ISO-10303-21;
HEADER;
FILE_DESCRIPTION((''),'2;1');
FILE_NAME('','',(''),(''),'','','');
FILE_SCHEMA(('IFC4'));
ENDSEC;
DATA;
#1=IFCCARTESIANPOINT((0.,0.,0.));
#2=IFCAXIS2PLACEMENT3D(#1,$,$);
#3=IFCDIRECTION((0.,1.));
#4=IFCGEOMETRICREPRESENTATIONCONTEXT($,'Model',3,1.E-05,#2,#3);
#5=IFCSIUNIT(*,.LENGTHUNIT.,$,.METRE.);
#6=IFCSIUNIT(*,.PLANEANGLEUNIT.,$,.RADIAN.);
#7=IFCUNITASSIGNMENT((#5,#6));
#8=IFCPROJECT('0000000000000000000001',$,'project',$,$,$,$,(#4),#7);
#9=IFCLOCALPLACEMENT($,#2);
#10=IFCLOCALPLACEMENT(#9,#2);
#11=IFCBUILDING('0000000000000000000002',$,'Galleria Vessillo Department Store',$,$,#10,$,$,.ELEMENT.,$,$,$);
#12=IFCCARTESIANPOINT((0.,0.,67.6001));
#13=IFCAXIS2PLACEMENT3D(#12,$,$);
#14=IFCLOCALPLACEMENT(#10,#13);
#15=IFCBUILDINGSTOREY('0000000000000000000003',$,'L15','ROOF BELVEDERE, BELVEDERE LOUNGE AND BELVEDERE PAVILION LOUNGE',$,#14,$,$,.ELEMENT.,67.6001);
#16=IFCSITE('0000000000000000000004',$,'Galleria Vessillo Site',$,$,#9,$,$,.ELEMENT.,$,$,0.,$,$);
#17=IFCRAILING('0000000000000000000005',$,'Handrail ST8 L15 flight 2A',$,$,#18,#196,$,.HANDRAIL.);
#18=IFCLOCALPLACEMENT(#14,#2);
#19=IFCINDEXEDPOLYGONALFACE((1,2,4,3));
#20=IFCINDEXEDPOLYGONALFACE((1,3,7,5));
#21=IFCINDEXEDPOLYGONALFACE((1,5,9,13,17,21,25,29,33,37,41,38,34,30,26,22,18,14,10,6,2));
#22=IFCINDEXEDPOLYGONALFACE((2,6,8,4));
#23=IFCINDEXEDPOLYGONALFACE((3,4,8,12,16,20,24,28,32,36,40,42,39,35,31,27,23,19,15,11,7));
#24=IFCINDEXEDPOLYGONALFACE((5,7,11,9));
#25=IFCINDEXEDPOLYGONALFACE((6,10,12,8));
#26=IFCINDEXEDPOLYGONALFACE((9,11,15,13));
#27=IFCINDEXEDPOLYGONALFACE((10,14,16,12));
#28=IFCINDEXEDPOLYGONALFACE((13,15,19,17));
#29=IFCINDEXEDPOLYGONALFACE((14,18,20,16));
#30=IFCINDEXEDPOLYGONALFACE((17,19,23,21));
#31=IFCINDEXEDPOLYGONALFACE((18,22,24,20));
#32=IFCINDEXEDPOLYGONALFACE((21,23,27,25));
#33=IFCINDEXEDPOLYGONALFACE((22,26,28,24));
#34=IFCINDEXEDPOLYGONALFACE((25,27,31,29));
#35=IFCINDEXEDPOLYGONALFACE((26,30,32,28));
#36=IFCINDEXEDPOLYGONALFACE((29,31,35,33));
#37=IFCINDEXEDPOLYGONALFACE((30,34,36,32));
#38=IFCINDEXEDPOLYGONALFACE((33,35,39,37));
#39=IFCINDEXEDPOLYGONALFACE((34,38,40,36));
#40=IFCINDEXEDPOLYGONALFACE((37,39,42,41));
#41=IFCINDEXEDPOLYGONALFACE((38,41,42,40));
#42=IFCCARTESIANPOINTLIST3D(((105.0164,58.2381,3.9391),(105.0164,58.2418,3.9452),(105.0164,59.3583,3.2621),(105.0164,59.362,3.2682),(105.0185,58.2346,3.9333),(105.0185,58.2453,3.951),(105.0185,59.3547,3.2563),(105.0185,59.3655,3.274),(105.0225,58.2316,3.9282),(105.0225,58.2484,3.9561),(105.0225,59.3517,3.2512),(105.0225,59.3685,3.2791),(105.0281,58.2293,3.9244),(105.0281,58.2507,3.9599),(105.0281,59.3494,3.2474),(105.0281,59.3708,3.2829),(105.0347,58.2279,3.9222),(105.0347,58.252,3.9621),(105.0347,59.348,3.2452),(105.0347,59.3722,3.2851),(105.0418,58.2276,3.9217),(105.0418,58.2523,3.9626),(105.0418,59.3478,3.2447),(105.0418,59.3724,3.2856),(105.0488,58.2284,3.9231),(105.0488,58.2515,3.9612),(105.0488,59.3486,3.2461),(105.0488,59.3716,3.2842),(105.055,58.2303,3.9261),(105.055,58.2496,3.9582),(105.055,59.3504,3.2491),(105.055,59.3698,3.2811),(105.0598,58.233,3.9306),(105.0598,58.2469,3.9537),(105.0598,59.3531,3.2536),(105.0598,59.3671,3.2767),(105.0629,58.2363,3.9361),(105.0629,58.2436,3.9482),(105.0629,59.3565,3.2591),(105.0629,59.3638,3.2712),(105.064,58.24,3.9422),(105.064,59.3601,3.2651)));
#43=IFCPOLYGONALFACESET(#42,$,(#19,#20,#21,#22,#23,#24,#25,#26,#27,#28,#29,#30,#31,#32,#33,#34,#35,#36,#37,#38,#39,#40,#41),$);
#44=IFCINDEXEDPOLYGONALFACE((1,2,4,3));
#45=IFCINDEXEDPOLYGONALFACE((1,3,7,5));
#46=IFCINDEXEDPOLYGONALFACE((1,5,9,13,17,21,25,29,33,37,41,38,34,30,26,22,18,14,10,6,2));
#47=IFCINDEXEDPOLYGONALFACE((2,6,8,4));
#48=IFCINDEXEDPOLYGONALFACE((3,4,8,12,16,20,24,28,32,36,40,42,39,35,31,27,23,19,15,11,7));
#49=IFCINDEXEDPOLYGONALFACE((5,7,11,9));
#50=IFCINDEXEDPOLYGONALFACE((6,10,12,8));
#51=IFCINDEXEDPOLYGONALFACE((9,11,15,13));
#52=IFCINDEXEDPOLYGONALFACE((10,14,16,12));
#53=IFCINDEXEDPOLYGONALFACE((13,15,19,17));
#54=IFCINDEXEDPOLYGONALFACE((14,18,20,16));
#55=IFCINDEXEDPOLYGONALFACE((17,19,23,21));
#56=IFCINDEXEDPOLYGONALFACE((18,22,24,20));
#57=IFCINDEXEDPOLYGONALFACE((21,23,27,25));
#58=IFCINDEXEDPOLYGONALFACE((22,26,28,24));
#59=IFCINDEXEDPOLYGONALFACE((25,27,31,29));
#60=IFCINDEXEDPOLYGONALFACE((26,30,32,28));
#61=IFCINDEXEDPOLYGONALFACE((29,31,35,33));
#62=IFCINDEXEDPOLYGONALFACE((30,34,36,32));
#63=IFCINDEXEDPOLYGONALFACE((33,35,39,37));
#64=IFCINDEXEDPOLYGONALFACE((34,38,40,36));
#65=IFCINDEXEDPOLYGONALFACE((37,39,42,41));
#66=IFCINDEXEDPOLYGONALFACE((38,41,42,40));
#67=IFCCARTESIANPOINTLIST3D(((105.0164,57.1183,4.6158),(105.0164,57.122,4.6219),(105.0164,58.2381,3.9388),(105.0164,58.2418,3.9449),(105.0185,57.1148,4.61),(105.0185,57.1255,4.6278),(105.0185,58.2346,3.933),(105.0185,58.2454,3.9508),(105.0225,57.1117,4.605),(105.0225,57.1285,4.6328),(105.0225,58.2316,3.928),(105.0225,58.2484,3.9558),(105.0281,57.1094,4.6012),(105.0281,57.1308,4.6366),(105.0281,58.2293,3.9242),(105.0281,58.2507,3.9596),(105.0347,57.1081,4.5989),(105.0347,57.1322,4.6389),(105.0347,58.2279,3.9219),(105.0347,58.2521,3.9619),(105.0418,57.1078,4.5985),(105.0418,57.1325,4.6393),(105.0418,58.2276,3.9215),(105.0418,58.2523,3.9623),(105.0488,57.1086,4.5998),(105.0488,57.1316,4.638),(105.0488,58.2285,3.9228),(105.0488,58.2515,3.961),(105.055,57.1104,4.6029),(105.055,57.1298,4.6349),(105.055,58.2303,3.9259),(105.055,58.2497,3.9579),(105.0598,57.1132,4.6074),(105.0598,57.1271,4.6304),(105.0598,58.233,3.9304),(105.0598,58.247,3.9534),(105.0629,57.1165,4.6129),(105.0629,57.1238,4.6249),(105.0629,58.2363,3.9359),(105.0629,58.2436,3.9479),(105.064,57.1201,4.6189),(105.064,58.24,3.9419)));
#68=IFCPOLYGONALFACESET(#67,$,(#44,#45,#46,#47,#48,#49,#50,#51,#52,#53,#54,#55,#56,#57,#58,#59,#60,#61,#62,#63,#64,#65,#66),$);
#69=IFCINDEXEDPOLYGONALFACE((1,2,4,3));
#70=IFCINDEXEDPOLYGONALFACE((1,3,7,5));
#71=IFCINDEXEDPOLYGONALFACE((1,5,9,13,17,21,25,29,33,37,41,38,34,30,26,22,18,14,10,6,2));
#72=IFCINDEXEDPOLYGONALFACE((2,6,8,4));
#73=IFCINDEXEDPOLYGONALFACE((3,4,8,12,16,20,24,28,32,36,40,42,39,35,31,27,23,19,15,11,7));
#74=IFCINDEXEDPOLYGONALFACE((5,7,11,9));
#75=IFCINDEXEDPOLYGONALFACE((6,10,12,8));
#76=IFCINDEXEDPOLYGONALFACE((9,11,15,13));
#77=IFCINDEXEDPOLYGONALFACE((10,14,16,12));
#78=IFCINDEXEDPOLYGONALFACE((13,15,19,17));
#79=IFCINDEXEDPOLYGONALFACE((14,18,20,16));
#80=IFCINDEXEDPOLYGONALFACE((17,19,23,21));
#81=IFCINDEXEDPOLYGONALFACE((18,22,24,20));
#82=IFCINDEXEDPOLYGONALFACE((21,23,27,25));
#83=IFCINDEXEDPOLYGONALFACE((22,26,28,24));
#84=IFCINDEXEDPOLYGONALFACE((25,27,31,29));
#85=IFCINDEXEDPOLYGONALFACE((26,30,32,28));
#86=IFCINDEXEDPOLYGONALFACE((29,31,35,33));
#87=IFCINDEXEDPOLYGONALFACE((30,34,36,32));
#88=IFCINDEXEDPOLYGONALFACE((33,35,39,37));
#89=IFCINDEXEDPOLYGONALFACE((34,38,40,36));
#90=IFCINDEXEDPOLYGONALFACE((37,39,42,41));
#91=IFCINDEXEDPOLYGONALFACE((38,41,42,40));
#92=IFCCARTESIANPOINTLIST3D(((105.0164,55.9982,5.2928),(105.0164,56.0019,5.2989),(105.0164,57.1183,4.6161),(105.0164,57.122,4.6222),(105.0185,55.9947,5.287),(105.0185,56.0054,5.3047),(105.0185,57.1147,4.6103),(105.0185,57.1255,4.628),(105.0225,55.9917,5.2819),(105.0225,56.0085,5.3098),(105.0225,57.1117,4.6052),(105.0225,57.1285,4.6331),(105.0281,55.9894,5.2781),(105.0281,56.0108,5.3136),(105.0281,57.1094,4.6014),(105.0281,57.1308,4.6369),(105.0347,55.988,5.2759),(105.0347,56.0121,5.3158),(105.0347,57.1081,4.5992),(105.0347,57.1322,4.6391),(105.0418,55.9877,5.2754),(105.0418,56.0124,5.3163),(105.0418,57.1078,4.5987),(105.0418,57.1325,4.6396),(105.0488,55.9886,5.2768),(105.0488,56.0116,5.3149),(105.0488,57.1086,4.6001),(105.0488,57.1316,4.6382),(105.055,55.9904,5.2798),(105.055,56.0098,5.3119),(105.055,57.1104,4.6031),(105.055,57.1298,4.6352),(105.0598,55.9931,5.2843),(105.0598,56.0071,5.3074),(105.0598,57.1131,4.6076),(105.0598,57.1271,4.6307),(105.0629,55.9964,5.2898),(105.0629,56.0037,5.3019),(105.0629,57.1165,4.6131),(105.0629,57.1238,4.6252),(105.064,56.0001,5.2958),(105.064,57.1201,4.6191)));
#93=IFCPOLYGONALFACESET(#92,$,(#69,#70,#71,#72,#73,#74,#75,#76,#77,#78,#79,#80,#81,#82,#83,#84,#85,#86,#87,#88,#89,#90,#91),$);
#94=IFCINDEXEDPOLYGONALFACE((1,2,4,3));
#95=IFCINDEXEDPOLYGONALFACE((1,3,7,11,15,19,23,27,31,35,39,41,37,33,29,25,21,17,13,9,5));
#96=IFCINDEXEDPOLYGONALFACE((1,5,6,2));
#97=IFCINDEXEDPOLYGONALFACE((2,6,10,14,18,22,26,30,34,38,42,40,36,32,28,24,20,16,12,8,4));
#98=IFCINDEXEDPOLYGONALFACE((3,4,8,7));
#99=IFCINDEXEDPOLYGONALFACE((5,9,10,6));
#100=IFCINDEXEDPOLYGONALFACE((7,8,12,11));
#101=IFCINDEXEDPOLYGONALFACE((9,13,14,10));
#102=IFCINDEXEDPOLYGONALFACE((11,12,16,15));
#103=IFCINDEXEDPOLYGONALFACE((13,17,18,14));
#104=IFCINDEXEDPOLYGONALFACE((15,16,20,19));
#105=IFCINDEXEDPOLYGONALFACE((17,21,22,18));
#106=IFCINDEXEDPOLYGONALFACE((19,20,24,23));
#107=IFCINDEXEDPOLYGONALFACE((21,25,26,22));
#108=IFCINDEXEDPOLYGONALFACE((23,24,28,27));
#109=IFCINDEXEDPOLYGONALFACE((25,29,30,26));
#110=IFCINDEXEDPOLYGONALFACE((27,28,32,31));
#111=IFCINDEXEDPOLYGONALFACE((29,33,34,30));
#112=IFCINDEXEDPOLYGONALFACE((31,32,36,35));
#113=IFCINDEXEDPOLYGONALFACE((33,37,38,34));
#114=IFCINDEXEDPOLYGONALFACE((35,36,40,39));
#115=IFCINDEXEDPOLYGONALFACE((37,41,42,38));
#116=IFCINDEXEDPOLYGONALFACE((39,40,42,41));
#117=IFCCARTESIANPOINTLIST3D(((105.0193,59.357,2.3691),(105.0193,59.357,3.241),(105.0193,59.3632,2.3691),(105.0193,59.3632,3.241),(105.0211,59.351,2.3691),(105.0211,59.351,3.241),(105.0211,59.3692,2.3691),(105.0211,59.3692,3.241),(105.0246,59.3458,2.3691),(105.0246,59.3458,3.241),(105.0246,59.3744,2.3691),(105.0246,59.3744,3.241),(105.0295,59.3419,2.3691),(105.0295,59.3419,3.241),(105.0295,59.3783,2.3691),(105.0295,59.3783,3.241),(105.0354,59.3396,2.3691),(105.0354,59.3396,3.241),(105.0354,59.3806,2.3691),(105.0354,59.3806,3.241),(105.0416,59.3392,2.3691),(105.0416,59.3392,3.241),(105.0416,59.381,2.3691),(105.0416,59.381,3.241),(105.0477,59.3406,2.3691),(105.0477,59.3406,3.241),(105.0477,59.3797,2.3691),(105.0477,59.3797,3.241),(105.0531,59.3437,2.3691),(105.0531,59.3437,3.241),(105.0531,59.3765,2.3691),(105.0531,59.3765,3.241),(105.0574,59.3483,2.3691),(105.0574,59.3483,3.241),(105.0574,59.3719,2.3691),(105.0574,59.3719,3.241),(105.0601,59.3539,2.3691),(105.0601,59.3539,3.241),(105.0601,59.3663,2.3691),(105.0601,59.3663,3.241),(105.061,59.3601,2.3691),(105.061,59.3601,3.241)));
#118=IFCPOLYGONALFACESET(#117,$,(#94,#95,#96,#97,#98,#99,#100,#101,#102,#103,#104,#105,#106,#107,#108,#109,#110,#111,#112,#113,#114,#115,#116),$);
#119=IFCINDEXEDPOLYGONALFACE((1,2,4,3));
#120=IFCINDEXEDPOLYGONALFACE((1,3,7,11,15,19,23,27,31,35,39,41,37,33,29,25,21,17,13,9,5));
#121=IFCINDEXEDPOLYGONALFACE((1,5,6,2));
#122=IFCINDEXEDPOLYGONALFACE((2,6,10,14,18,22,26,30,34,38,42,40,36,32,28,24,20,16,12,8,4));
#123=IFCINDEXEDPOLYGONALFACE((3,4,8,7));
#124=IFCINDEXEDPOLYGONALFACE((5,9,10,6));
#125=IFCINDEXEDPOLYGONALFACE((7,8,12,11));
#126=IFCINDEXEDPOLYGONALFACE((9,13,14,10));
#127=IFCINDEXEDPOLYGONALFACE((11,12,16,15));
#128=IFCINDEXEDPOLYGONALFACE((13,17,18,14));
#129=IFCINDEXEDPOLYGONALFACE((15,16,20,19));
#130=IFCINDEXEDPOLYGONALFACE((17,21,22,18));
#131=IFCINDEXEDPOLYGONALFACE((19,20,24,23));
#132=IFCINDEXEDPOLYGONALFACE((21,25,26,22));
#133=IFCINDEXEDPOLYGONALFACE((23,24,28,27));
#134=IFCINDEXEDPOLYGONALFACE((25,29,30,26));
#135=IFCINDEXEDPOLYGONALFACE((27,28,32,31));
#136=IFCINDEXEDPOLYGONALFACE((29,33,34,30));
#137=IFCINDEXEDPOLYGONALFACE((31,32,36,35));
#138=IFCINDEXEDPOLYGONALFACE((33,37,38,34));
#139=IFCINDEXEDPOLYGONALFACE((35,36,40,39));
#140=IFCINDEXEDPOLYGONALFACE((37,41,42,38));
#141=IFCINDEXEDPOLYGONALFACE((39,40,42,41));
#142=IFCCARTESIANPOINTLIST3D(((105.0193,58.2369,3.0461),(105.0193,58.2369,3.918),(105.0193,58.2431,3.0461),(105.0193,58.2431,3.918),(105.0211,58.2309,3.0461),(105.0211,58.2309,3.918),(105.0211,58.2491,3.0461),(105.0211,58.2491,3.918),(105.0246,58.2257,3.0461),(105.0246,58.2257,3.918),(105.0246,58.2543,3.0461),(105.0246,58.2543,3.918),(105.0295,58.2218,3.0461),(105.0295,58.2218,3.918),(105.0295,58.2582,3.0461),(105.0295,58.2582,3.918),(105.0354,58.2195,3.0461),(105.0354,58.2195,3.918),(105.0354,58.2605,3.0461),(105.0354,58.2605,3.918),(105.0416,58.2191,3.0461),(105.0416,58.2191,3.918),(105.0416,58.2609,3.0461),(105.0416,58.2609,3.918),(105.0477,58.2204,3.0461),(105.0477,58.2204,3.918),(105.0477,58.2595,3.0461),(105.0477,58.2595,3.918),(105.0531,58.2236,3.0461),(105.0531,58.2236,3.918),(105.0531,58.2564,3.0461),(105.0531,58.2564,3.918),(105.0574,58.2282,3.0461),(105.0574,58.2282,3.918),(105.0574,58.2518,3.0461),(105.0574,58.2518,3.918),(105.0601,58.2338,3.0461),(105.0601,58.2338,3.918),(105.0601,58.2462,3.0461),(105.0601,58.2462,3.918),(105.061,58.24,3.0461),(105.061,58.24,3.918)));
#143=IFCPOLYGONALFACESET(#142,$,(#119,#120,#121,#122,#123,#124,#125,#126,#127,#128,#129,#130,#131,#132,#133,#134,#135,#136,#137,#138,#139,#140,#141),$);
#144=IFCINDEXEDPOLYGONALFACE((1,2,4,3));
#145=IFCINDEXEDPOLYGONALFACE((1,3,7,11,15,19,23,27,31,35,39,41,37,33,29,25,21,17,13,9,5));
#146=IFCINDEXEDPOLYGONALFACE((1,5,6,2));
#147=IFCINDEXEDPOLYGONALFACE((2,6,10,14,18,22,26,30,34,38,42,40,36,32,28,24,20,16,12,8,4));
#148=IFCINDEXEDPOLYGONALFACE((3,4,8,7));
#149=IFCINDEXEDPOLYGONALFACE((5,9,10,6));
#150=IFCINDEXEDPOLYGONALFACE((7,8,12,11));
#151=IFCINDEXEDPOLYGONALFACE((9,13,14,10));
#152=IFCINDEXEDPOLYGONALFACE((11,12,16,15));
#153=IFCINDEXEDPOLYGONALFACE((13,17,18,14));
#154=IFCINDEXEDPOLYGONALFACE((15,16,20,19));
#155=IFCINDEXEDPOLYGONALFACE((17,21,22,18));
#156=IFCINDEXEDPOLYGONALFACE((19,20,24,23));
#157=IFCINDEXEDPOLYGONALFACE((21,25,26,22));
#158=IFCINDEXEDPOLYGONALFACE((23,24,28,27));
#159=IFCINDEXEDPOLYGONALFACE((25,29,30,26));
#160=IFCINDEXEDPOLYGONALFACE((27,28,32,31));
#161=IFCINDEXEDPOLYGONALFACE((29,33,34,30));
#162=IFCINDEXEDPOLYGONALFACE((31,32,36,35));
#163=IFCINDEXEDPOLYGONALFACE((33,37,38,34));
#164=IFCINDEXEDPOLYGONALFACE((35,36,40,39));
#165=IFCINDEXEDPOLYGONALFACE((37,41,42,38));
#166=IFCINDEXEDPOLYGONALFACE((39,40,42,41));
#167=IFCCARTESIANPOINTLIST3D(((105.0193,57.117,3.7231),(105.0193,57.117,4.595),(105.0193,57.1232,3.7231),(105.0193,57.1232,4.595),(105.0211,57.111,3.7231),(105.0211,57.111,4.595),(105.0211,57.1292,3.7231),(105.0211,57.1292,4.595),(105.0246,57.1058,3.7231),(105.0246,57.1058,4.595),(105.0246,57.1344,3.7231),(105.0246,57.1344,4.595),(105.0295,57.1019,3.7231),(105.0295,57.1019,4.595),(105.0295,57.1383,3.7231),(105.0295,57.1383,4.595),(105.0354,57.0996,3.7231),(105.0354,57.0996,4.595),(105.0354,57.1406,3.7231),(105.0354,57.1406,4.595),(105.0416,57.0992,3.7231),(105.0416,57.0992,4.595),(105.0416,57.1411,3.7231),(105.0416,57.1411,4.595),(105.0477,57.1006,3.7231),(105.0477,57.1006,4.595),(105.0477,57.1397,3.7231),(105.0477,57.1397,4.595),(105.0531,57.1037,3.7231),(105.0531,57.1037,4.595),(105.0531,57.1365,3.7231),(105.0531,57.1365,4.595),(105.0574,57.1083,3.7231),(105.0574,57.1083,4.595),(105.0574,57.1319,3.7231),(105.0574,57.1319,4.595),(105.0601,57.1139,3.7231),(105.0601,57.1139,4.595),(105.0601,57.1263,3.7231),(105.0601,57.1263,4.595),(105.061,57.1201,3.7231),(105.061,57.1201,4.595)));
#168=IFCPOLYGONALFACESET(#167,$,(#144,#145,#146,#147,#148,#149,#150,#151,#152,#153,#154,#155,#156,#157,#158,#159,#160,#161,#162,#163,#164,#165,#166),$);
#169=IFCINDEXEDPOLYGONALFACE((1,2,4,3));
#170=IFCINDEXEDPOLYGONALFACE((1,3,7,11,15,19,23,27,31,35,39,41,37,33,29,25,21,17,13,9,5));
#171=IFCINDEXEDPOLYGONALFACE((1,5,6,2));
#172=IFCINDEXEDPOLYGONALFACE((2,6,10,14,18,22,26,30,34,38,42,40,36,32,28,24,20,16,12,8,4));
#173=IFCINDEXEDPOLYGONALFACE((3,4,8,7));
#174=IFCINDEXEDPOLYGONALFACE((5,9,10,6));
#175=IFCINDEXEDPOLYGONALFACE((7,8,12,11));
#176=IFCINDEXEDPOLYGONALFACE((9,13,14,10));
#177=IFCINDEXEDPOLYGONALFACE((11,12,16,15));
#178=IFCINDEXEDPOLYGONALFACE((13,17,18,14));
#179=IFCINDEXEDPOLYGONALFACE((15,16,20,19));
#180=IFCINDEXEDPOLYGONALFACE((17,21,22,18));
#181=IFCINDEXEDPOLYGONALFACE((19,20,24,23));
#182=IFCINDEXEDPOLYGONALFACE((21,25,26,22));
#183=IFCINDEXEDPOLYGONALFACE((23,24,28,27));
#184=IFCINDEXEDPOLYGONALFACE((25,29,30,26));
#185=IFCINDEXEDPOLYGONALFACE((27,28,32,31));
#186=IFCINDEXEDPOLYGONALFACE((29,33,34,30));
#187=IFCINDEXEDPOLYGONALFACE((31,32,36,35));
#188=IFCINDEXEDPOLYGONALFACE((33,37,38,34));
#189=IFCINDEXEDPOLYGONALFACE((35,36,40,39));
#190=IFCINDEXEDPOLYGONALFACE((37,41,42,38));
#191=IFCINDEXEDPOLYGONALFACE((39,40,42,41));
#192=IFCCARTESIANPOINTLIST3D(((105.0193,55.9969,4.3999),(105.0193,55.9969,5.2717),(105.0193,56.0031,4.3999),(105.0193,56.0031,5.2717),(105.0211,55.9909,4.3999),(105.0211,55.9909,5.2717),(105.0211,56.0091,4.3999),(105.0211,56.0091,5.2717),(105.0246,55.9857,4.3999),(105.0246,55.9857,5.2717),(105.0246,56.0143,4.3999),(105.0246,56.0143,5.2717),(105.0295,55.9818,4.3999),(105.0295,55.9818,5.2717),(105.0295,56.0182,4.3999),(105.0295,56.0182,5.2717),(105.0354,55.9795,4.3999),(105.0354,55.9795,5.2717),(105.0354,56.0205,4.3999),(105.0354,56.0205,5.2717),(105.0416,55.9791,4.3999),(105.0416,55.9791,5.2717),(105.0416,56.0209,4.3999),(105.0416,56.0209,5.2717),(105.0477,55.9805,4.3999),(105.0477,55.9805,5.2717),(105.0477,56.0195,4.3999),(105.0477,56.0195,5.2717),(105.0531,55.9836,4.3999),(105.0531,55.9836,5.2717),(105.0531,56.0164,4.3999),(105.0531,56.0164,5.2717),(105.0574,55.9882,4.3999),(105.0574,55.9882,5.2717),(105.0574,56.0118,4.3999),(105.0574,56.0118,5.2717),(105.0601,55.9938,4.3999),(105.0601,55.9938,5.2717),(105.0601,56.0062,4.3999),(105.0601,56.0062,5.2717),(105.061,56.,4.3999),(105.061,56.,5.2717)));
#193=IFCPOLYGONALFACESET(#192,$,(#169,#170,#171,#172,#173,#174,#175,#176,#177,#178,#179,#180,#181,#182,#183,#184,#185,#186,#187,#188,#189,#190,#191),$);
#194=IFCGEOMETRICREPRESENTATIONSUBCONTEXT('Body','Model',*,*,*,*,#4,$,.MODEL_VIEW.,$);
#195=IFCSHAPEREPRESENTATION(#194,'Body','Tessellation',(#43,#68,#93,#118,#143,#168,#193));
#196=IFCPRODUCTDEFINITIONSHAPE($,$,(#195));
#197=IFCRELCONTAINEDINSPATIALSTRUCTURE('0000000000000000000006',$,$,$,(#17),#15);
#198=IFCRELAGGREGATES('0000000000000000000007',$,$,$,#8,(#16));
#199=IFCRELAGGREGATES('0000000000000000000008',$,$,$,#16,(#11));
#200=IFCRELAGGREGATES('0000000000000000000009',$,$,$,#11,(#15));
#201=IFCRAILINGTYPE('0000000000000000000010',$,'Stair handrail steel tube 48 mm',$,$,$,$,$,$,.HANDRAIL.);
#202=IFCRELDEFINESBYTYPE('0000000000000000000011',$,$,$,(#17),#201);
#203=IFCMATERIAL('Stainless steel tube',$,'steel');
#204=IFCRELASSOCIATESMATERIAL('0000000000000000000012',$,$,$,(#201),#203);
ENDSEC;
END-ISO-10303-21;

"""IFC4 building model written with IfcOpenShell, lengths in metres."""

from ifc_helpers import new_model, si_unit, direction, frame, origin, origin_2d, place, context, subcontext, project, spatial, circle, extrude, material, type_object, element, save


model = new_model("IFC4")

# Units and contexts
model_context = context("Model", 3, precision=1e-05, world=origin(), true_north=direction((0.0, 1.0)))
body_context = subcontext(model_context, "Body", "Model", "MODEL_VIEW")
ifc_project = project(units=[si_unit("LENGTHUNIT", "METRE"), si_unit("PLANEANGLEUNIT", "RADIAN")], contexts=[model_context])

# Site, building, storey
site_placement = place(None, origin())
site = spatial("IfcSite", under=ifc_project, at=site_placement, Name="Galleria Vessillo Site", CompositionType="ELEMENT", RefElevation=0.0)
building_placement = place(site_placement, origin())
building = spatial("IfcBuilding", under=site, at=building_placement, Name="Galleria Vessillo Department Store", CompositionType="ELEMENT")
storey_placement = place(building_placement, frame((0.0, 0.0, 67.6001)))
storey = spatial("IfcBuildingStorey", under=building, at=storey_placement, Name="L15", Description="ROOF BELVEDERE, BELVEDERE LOUNGE AND BELVEDERE PAVILION LOUNGE", CompositionType="ELEMENT", Elevation=67.6001)

# Railing
ifc_material_1 = material(Name="Stainless steel tube", Category="steel")
railing_type = type_object("IfcRailingType", Name="Stair handrail steel tube 48 mm", PredefinedType="HANDRAIL", material=ifc_material_1)
for number, where, name in (
    (1, (105.04, 59.3601, 2.3691), "Handrail ST8 L15 flight 2A"),
):
    element("IfcRailing", number, at=place(storey_placement, frame(where)), inside=storey, type_object=railing_type, Name=name, PredefinedType="HANDRAIL", context=body_context, shape_type="SweptSolid", body=[
        extrude(circle(Radius=0.0239, at=origin_2d()), frame((0.0, 0.0, 0.896), z_axis=(0.0, -0.855826, 0.517264), x_axis=(1.0, 0.0, 0.0)), (0.0, 0.0, 1.0), 1.3088),
        extrude(circle(Radius=0.0239, at=origin_2d()), frame((0.0, -1.1201, 1.5728), z_axis=(0.0, -0.855776, 0.517346), x_axis=(1.0, 0.0, 0.0)), (0.0, 0.0, 1.0), 1.3086),
        extrude(circle(Radius=0.0239, at=origin_2d()), frame((0.0, -2.24, 2.25), z_axis=(0.0, -0.855909, 0.517127), x_axis=(1.0, 0.0, 0.0)), (0.0, 0.0, 1.0), 1.3086),
        extrude(circle(Radius=0.021, at=origin_2d()), origin(), (0.0, 0.0, 1.0), 0.8718),
        extrude(circle(Radius=0.021, at=origin_2d()), frame((0.0, -1.1201, 0.677)), (0.0, 0.0, 1.0), 0.8718),
        extrude(circle(Radius=0.021, at=origin_2d()), frame((0.0, -2.24, 1.354)), (0.0, 0.0, 1.0), 0.8718),
        extrude(circle(Radius=0.021, at=origin_2d()), frame((0.0, -3.3601, 2.0308)), (0.0, 0.0, 1.0), 0.8718),
    ])

save(model, "model.ifc")
